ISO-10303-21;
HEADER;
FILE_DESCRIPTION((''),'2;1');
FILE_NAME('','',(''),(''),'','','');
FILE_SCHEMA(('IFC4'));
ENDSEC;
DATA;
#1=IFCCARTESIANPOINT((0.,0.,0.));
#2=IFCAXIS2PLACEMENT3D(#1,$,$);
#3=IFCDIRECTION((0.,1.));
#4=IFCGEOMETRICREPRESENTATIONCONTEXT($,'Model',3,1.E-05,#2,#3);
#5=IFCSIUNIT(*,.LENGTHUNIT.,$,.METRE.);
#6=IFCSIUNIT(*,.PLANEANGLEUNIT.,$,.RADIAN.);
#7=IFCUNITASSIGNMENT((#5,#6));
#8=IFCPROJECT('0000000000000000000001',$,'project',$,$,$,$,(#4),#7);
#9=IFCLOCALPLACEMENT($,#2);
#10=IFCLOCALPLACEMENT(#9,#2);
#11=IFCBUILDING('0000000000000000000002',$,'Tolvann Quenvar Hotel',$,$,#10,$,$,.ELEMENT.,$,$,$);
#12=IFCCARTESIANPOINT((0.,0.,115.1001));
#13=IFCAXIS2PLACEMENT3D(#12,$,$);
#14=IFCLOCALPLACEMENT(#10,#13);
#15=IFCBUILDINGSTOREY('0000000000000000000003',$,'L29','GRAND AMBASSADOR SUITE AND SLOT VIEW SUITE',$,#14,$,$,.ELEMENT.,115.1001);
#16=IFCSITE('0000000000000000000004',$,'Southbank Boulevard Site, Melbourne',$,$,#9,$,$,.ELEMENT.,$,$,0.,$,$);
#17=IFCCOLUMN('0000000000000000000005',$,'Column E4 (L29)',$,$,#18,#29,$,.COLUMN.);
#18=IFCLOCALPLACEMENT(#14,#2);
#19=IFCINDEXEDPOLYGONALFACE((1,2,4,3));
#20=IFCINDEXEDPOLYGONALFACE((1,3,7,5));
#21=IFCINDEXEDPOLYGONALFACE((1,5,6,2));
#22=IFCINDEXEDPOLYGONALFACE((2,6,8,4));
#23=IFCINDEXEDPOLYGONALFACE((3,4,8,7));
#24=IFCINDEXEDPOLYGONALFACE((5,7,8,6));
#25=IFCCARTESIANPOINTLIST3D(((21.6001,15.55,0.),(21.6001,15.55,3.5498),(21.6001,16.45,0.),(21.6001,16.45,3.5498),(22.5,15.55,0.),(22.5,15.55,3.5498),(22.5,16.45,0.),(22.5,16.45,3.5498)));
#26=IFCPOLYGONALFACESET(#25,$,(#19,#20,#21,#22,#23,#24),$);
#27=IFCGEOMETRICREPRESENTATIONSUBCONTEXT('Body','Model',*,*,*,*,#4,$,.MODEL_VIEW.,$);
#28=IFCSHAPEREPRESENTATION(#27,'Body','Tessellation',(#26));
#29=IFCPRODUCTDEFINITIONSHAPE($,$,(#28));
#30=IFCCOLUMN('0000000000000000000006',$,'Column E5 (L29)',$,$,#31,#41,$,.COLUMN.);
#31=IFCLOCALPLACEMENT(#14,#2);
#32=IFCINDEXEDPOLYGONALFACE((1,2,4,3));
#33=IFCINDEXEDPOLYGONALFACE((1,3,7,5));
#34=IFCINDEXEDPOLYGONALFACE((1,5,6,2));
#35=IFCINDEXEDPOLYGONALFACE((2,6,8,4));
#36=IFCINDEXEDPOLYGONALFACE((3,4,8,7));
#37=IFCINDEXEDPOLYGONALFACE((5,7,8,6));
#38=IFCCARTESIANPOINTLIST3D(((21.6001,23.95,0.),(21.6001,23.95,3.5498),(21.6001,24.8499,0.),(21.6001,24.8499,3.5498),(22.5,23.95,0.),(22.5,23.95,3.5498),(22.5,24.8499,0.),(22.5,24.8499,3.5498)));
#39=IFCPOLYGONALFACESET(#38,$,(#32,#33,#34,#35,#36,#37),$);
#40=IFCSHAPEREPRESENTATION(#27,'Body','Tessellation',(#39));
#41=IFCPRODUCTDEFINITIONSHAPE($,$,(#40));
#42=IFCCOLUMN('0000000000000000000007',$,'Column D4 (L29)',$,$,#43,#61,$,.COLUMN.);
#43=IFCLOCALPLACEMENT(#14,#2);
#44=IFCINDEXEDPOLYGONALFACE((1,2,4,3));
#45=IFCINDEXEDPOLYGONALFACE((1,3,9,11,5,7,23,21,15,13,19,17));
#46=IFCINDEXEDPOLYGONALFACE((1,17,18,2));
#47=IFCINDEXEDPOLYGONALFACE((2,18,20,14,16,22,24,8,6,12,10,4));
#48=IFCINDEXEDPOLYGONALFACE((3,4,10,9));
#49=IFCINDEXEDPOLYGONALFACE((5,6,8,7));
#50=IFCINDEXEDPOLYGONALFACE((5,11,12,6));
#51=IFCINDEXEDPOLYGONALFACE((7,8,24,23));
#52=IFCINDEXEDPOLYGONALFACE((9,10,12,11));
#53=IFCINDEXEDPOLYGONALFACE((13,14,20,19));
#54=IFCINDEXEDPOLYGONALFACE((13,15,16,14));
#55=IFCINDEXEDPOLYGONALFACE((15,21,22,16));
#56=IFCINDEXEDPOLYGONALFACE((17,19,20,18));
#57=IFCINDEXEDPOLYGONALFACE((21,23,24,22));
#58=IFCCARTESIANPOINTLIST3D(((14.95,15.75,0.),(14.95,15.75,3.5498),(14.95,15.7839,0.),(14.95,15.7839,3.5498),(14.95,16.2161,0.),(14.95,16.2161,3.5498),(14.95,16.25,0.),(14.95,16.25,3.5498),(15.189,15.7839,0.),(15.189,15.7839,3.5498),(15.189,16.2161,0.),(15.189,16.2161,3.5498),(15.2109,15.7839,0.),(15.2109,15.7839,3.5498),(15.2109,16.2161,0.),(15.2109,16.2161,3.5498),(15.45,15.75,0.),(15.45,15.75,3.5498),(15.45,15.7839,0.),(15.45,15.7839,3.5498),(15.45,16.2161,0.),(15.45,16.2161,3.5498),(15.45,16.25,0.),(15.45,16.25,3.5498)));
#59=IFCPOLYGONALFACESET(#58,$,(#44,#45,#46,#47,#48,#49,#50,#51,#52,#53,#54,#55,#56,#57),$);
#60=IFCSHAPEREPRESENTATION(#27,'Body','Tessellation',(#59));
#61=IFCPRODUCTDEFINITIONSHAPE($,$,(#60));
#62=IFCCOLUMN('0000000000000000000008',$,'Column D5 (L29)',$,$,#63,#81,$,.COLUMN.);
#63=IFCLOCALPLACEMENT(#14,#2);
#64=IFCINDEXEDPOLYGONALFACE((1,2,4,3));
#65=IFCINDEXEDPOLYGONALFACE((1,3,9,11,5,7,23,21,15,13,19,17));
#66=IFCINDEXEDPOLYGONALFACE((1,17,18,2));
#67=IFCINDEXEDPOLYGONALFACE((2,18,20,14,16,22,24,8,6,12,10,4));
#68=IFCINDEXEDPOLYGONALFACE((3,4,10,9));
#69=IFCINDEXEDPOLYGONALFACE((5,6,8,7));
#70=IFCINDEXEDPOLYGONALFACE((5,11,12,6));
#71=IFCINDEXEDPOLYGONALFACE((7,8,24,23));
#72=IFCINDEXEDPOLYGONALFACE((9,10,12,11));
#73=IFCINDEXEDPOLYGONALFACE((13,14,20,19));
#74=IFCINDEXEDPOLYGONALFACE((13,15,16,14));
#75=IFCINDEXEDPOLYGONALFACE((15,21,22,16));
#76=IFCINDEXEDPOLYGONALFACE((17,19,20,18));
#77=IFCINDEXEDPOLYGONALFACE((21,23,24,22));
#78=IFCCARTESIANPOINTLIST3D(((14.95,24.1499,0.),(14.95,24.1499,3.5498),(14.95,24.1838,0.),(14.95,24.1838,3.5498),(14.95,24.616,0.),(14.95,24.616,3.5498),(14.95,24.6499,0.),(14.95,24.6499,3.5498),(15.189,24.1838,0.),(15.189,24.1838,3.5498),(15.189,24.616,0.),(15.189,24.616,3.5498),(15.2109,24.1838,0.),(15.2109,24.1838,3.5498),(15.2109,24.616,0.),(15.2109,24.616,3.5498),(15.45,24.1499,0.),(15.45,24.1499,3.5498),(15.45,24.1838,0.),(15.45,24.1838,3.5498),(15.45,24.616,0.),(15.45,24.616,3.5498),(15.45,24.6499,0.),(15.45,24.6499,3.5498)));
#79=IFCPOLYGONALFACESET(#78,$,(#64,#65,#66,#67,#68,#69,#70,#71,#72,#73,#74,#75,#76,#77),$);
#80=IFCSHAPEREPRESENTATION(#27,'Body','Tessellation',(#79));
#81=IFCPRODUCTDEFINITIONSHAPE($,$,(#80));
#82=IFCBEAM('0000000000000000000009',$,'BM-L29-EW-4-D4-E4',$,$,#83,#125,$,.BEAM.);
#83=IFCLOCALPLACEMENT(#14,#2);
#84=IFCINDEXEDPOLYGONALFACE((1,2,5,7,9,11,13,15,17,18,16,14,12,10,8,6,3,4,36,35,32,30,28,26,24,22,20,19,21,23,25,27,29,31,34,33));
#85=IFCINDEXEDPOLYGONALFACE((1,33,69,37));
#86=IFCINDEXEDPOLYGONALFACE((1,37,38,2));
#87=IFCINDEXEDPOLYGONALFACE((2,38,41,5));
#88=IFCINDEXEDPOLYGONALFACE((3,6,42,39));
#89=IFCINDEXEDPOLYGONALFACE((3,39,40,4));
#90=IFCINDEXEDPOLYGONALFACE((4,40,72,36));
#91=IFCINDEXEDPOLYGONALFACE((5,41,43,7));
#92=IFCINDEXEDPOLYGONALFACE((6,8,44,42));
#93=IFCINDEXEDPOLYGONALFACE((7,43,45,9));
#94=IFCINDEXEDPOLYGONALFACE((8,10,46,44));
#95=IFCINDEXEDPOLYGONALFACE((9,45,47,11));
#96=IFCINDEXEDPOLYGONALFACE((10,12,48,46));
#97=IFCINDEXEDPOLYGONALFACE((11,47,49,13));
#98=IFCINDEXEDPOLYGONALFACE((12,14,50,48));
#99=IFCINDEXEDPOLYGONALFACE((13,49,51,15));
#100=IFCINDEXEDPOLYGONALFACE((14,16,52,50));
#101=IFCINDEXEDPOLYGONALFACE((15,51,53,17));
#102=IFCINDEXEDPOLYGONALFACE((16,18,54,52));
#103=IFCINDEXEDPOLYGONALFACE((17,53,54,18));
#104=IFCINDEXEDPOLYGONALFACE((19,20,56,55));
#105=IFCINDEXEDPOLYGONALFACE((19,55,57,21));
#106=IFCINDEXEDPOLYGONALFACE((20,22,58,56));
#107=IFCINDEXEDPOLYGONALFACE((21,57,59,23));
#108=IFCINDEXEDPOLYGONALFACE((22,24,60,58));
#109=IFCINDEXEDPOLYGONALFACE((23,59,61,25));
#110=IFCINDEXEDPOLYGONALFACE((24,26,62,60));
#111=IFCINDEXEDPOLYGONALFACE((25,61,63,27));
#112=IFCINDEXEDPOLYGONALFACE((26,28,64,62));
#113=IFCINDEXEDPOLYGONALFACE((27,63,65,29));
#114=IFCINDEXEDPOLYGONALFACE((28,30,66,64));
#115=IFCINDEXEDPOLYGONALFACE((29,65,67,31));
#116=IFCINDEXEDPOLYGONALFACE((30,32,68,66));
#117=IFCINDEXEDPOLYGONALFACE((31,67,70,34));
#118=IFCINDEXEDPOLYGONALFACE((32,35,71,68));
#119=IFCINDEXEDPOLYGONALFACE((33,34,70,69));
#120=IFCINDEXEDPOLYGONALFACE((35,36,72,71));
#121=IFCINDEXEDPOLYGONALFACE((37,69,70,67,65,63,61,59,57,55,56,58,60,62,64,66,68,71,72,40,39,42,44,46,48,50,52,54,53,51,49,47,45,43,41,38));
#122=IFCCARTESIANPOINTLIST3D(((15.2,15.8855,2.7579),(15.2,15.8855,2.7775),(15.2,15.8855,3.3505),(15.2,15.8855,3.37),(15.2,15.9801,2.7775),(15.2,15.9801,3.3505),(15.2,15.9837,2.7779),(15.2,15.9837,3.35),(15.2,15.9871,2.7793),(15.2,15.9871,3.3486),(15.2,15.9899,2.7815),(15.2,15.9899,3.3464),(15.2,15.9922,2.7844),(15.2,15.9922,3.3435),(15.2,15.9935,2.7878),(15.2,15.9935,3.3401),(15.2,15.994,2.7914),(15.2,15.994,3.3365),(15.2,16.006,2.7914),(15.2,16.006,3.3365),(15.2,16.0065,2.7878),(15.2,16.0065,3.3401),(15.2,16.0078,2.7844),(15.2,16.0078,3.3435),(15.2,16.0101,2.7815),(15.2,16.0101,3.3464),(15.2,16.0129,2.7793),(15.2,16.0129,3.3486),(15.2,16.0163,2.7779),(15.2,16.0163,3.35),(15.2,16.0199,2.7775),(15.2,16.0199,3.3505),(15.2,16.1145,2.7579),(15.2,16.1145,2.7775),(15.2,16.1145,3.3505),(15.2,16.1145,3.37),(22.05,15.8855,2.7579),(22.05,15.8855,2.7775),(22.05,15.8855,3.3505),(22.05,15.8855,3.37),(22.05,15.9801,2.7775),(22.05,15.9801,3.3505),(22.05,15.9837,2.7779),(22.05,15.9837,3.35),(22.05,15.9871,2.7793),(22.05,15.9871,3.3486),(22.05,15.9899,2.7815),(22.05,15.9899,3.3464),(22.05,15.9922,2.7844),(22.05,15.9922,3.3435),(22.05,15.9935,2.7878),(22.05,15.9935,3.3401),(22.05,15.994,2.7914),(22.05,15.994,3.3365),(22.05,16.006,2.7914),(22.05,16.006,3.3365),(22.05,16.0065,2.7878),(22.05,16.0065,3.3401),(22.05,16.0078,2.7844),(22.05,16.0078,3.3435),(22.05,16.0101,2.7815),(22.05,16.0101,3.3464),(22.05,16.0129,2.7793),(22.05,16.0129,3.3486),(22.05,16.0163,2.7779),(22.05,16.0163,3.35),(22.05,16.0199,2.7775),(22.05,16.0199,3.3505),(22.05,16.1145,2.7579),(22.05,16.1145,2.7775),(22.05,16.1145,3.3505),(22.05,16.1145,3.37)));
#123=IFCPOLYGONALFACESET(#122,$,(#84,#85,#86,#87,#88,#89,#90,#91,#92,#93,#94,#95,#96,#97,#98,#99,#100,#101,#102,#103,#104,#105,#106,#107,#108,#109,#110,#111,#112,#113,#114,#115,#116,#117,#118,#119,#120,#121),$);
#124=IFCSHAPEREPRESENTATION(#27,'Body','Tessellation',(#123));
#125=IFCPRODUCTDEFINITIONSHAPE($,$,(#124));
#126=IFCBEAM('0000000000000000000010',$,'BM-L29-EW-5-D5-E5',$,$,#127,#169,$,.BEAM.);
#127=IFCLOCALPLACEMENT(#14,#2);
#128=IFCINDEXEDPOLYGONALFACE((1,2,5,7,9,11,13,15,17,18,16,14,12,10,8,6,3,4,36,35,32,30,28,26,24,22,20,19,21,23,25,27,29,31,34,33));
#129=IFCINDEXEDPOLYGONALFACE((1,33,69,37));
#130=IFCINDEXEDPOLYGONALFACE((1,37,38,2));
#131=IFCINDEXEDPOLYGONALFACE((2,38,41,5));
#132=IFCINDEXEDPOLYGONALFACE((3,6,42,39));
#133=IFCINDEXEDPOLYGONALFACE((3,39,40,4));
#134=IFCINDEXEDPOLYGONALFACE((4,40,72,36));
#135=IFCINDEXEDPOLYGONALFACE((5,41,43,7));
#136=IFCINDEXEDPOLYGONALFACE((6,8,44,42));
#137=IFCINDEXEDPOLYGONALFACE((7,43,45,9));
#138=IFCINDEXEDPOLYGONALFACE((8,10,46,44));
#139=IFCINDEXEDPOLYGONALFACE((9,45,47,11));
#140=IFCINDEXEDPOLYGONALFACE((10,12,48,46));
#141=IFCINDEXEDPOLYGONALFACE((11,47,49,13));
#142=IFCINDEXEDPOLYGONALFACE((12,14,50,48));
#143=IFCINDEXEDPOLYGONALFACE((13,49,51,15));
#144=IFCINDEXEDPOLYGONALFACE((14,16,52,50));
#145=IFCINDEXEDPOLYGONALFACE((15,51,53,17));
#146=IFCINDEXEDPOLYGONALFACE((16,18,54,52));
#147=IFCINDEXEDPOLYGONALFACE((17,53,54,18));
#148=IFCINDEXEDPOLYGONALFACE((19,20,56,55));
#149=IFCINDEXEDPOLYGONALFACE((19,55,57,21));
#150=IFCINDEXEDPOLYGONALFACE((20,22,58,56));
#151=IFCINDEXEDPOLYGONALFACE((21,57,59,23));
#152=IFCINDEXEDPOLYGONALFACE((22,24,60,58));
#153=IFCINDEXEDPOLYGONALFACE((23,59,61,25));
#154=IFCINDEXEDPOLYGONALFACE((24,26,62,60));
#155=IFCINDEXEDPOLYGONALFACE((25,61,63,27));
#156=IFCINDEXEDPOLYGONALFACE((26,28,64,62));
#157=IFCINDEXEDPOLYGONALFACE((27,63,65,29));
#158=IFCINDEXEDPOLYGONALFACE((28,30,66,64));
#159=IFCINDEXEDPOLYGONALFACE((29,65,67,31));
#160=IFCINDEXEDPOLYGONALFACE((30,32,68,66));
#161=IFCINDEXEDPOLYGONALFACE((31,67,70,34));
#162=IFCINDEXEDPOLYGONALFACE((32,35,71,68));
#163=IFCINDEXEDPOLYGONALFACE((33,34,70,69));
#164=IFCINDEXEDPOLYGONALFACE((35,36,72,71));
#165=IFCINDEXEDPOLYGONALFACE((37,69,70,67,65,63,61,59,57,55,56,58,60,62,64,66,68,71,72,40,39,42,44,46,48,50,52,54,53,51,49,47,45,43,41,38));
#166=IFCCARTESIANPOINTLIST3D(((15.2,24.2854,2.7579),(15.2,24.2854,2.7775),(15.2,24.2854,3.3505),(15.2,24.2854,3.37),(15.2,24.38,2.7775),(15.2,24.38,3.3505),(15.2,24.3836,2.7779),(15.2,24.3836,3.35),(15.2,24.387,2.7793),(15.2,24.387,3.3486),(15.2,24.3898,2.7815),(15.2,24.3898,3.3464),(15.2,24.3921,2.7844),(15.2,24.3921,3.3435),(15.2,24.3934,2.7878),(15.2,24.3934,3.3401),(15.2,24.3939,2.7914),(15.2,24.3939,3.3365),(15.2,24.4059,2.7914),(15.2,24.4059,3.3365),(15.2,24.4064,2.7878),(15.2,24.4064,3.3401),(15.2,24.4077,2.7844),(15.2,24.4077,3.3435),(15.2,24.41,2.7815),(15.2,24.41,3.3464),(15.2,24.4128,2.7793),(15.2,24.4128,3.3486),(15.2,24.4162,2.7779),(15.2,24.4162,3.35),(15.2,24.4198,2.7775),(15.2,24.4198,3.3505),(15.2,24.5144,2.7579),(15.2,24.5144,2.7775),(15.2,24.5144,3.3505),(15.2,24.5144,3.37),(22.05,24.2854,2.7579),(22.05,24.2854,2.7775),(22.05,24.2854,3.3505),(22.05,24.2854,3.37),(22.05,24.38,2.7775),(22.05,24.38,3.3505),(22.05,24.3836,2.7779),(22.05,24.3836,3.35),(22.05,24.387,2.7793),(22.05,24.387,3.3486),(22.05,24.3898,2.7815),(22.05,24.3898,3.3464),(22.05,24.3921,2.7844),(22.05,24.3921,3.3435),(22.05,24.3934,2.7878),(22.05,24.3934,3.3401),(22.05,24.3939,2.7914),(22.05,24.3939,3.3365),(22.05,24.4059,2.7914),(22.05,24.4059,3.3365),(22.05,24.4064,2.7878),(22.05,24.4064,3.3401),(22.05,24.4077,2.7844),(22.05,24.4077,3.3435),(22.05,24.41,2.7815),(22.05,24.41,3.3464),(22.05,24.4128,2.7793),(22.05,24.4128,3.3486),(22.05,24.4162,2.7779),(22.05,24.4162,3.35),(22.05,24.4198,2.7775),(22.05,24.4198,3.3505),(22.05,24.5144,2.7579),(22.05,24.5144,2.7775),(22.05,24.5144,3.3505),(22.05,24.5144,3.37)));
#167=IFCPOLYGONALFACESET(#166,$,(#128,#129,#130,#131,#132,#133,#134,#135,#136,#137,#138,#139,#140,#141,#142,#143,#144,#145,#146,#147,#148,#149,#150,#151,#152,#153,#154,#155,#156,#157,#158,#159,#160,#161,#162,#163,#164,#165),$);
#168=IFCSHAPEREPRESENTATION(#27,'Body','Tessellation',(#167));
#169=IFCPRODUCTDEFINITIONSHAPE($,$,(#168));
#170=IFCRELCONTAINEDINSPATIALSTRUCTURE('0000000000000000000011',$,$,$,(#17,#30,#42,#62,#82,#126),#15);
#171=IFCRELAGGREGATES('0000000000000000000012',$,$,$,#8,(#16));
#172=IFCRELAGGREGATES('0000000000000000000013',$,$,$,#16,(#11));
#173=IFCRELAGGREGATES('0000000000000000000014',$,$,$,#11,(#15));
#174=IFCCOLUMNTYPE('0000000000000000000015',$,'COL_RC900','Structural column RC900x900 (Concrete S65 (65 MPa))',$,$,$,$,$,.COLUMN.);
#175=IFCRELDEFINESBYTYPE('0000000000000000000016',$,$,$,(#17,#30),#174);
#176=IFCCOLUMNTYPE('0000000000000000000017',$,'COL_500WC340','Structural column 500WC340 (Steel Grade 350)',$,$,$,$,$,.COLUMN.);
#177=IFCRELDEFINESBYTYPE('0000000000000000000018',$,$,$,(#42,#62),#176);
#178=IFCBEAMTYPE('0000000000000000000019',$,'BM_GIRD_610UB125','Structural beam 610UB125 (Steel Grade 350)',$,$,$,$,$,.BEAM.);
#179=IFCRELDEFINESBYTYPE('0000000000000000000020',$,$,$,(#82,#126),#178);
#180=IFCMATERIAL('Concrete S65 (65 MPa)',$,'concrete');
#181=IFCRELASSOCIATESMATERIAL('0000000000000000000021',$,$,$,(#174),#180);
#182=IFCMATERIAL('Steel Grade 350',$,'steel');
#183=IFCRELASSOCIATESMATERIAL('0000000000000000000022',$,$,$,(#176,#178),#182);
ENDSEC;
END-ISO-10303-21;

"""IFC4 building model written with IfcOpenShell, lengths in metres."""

from ifc_helpers import new_model, si_unit, direction, frame, origin, origin_2d, place, context, subcontext, project, spatial, rectangle, i_section, extrude, source, transform, mapped, material, material_profile, profile_set, type_object, type_shapes, element, save


model = new_model("IFC4")

# Units and contexts
model_context = context("Model", 3, precision=1e-05, world=origin(), true_north=direction((0.0, 1.0)))
body_context = subcontext(model_context, "Body", "Model", "MODEL_VIEW")
ifc_project = project(units=[si_unit("LENGTHUNIT", "METRE"), si_unit("PLANEANGLEUNIT", "RADIAN")], contexts=[model_context])

# Site, building, storey
site_placement = place(None, origin())
site = spatial("IfcSite", under=ifc_project, at=site_placement, Name="Southbank Boulevard Site, Melbourne", CompositionType="ELEMENT", RefElevation=0.0)
building_placement = place(site_placement, origin())
building = spatial("IfcBuilding", under=site, at=building_placement, Name="Tolvann Quenvar Hotel", CompositionType="ELEMENT")
storey_placement = place(building_placement, frame((0.0, 0.0, 115.1001)))
storey = spatial("IfcBuildingStorey", under=building, at=storey_placement, Name="L29", Description="GRAND AMBASSADOR SUITE AND SLOT VIEW SUITE", CompositionType="ELEMENT", Elevation=115.1001)

# Columns
ifc_material_1 = material(Name="Concrete S65 (65 MPa)", Category="concrete")
ifc_material_profile_1 = material_profile(ifc_material_1, rectangle(XDim=0.8999, YDim=0.8999, at=origin_2d()), Name="RC900x900")
ifc_profile_set_1 = profile_set([ifc_material_profile_1], Name="Concrete S65 (65 MPa)")
column_type_1 = type_object("IfcColumnType", Name="COL_RC900", Description="Structural column RC900x900 (Concrete S65 (65 MPa))", PredefinedType="COLUMN", material=ifc_profile_set_1)
shared_shape_1 = source(origin(), body_context, "Body", "SweptSolid", [
    extrude(rectangle(XDim=0.8999, YDim=0.8999, at=origin_2d()), origin(), (0.0, 0.0, 1.0), 3.5498),
])
type_shapes(column_type_1, [shared_shape_1])
for number, where, z_axis, x_axis, name in (
    (1, (22.05, 16.0, 0.0), (0.0, 0.0, 1.0), (1.0, 0.0, 0.0), "Column E4 (L29)"),
    (2, (22.05, 24.3999, 0.0), (0.0, 0.0, 1.0), (1.0, 0.0, 0.0), "Column E5 (L29)"),
):
    element("IfcColumn", number, at=place(storey_placement, frame(where, z_axis=z_axis, x_axis=x_axis)), inside=storey, type_object=column_type_1, Name=name, PredefinedType="COLUMN", context=body_context, shape_type="MappedRepresentation", body=[
        mapped(shared_shape_1, transform((0.0, 0.0, 0.0), x_axis=(1.0, 0.0, 0.0), y_axis=(0.0, 1.0, 0.0), z_axis=(0.0, 0.0, 1.0), scale=1.0)),
    ])
ifc_material_2 = material(Name="Steel Grade 350", Category="steel")
ifc_material_profile_2 = material_profile(ifc_material_2, i_section(OverallWidth=0.5, OverallDepth=0.5, WebThickness=0.022, FlangeThickness=0.0339, at=origin_2d()), Name="500WC340")
ifc_profile_set_2 = profile_set([ifc_material_profile_2], Name="Steel Grade 350")
column_type_2 = type_object("IfcColumnType", Name="COL_500WC340", Description="Structural column 500WC340 (Steel Grade 350)", PredefinedType="COLUMN", material=ifc_profile_set_2)
shared_shape_2 = source(origin(), body_context, "Body", "SweptSolid", [
    extrude(i_section(OverallWidth=0.5, OverallDepth=0.5, WebThickness=0.022, FlangeThickness=0.0339, at=origin_2d()), origin(), (0.0, 0.0, 1.0), 3.5498),
])
type_shapes(column_type_2, [shared_shape_2])
for number, where, z_axis, x_axis, name in (
    (3, (15.2, 16.0, 0.0), (0.0, 0.0, 1.0), (1.0, 0.0, 0.0), "Column D4 (L29)"),
    (4, (15.2, 24.3999, 0.0), (0.0, 0.0, 1.0), (1.0, 0.0, 0.0), "Column D5 (L29)"),
):
    element("IfcColumn", number, at=place(storey_placement, frame(where, z_axis=z_axis, x_axis=x_axis)), inside=storey, type_object=column_type_2, Name=name, PredefinedType="COLUMN", context=body_context, shape_type="MappedRepresentation", body=[
        mapped(shared_shape_2, transform((0.0, 0.0, 0.0), x_axis=(1.0, 0.0, 0.0), y_axis=(0.0, 1.0, 0.0), z_axis=(0.0, 0.0, 1.0), scale=1.0)),
    ])

# Beams
ifc_material_profile_3 = material_profile(ifc_material_2, i_section(OverallWidth=0.229, OverallDepth=0.6121, WebThickness=0.012, FlangeThickness=0.0195, FilletRadius=0.0139, at=origin_2d()), Name="610UB125")
ifc_profile_set_3 = profile_set([ifc_material_profile_3], Name="Steel Grade 350")
beam_type_1 = type_object("IfcBeamType", Name="BM_GIRD_610UB125", Description="Structural beam 610UB125 (Steel Grade 350)", PredefinedType="BEAM", material=ifc_profile_set_3)
shared_shape_3 = source(origin(), body_context, "Body", "SweptSolid", [
    extrude(i_section(OverallWidth=0.229, OverallDepth=0.6121, WebThickness=0.012, FlangeThickness=0.0195, FilletRadius=0.0139, at=origin_2d()), origin(), (0.0, 0.0, 1.0), 6.8501),
])
for number, where, z_axis, x_axis, name in (
    (5, (15.2, 16.0, 3.064), (1.0, 0.0, 0.0), (0.0, 1.0, 0.0), "BM-L29-EW-4-D4-E4"),
    (6, (15.2, 24.3999, 3.064), (1.0, 0.0, 0.0), (0.0, 1.0, 0.0), "BM-L29-EW-5-D5-E5"),
):
    element("IfcBeam", number, at=place(storey_placement, frame(where, z_axis=z_axis, x_axis=x_axis)), inside=storey, type_object=beam_type_1, Name=name, PredefinedType="BEAM", context=body_context, shape_type="MappedRepresentation", body=[
        mapped(shared_shape_3, transform((0.0, 0.0, 0.0), x_axis=(1.0, 0.0, 0.0), y_axis=(0.0, 1.0, 0.0), z_axis=(0.0, 0.0, 1.0), scale=1.0)),
    ])

save(model, "model.ifc")
